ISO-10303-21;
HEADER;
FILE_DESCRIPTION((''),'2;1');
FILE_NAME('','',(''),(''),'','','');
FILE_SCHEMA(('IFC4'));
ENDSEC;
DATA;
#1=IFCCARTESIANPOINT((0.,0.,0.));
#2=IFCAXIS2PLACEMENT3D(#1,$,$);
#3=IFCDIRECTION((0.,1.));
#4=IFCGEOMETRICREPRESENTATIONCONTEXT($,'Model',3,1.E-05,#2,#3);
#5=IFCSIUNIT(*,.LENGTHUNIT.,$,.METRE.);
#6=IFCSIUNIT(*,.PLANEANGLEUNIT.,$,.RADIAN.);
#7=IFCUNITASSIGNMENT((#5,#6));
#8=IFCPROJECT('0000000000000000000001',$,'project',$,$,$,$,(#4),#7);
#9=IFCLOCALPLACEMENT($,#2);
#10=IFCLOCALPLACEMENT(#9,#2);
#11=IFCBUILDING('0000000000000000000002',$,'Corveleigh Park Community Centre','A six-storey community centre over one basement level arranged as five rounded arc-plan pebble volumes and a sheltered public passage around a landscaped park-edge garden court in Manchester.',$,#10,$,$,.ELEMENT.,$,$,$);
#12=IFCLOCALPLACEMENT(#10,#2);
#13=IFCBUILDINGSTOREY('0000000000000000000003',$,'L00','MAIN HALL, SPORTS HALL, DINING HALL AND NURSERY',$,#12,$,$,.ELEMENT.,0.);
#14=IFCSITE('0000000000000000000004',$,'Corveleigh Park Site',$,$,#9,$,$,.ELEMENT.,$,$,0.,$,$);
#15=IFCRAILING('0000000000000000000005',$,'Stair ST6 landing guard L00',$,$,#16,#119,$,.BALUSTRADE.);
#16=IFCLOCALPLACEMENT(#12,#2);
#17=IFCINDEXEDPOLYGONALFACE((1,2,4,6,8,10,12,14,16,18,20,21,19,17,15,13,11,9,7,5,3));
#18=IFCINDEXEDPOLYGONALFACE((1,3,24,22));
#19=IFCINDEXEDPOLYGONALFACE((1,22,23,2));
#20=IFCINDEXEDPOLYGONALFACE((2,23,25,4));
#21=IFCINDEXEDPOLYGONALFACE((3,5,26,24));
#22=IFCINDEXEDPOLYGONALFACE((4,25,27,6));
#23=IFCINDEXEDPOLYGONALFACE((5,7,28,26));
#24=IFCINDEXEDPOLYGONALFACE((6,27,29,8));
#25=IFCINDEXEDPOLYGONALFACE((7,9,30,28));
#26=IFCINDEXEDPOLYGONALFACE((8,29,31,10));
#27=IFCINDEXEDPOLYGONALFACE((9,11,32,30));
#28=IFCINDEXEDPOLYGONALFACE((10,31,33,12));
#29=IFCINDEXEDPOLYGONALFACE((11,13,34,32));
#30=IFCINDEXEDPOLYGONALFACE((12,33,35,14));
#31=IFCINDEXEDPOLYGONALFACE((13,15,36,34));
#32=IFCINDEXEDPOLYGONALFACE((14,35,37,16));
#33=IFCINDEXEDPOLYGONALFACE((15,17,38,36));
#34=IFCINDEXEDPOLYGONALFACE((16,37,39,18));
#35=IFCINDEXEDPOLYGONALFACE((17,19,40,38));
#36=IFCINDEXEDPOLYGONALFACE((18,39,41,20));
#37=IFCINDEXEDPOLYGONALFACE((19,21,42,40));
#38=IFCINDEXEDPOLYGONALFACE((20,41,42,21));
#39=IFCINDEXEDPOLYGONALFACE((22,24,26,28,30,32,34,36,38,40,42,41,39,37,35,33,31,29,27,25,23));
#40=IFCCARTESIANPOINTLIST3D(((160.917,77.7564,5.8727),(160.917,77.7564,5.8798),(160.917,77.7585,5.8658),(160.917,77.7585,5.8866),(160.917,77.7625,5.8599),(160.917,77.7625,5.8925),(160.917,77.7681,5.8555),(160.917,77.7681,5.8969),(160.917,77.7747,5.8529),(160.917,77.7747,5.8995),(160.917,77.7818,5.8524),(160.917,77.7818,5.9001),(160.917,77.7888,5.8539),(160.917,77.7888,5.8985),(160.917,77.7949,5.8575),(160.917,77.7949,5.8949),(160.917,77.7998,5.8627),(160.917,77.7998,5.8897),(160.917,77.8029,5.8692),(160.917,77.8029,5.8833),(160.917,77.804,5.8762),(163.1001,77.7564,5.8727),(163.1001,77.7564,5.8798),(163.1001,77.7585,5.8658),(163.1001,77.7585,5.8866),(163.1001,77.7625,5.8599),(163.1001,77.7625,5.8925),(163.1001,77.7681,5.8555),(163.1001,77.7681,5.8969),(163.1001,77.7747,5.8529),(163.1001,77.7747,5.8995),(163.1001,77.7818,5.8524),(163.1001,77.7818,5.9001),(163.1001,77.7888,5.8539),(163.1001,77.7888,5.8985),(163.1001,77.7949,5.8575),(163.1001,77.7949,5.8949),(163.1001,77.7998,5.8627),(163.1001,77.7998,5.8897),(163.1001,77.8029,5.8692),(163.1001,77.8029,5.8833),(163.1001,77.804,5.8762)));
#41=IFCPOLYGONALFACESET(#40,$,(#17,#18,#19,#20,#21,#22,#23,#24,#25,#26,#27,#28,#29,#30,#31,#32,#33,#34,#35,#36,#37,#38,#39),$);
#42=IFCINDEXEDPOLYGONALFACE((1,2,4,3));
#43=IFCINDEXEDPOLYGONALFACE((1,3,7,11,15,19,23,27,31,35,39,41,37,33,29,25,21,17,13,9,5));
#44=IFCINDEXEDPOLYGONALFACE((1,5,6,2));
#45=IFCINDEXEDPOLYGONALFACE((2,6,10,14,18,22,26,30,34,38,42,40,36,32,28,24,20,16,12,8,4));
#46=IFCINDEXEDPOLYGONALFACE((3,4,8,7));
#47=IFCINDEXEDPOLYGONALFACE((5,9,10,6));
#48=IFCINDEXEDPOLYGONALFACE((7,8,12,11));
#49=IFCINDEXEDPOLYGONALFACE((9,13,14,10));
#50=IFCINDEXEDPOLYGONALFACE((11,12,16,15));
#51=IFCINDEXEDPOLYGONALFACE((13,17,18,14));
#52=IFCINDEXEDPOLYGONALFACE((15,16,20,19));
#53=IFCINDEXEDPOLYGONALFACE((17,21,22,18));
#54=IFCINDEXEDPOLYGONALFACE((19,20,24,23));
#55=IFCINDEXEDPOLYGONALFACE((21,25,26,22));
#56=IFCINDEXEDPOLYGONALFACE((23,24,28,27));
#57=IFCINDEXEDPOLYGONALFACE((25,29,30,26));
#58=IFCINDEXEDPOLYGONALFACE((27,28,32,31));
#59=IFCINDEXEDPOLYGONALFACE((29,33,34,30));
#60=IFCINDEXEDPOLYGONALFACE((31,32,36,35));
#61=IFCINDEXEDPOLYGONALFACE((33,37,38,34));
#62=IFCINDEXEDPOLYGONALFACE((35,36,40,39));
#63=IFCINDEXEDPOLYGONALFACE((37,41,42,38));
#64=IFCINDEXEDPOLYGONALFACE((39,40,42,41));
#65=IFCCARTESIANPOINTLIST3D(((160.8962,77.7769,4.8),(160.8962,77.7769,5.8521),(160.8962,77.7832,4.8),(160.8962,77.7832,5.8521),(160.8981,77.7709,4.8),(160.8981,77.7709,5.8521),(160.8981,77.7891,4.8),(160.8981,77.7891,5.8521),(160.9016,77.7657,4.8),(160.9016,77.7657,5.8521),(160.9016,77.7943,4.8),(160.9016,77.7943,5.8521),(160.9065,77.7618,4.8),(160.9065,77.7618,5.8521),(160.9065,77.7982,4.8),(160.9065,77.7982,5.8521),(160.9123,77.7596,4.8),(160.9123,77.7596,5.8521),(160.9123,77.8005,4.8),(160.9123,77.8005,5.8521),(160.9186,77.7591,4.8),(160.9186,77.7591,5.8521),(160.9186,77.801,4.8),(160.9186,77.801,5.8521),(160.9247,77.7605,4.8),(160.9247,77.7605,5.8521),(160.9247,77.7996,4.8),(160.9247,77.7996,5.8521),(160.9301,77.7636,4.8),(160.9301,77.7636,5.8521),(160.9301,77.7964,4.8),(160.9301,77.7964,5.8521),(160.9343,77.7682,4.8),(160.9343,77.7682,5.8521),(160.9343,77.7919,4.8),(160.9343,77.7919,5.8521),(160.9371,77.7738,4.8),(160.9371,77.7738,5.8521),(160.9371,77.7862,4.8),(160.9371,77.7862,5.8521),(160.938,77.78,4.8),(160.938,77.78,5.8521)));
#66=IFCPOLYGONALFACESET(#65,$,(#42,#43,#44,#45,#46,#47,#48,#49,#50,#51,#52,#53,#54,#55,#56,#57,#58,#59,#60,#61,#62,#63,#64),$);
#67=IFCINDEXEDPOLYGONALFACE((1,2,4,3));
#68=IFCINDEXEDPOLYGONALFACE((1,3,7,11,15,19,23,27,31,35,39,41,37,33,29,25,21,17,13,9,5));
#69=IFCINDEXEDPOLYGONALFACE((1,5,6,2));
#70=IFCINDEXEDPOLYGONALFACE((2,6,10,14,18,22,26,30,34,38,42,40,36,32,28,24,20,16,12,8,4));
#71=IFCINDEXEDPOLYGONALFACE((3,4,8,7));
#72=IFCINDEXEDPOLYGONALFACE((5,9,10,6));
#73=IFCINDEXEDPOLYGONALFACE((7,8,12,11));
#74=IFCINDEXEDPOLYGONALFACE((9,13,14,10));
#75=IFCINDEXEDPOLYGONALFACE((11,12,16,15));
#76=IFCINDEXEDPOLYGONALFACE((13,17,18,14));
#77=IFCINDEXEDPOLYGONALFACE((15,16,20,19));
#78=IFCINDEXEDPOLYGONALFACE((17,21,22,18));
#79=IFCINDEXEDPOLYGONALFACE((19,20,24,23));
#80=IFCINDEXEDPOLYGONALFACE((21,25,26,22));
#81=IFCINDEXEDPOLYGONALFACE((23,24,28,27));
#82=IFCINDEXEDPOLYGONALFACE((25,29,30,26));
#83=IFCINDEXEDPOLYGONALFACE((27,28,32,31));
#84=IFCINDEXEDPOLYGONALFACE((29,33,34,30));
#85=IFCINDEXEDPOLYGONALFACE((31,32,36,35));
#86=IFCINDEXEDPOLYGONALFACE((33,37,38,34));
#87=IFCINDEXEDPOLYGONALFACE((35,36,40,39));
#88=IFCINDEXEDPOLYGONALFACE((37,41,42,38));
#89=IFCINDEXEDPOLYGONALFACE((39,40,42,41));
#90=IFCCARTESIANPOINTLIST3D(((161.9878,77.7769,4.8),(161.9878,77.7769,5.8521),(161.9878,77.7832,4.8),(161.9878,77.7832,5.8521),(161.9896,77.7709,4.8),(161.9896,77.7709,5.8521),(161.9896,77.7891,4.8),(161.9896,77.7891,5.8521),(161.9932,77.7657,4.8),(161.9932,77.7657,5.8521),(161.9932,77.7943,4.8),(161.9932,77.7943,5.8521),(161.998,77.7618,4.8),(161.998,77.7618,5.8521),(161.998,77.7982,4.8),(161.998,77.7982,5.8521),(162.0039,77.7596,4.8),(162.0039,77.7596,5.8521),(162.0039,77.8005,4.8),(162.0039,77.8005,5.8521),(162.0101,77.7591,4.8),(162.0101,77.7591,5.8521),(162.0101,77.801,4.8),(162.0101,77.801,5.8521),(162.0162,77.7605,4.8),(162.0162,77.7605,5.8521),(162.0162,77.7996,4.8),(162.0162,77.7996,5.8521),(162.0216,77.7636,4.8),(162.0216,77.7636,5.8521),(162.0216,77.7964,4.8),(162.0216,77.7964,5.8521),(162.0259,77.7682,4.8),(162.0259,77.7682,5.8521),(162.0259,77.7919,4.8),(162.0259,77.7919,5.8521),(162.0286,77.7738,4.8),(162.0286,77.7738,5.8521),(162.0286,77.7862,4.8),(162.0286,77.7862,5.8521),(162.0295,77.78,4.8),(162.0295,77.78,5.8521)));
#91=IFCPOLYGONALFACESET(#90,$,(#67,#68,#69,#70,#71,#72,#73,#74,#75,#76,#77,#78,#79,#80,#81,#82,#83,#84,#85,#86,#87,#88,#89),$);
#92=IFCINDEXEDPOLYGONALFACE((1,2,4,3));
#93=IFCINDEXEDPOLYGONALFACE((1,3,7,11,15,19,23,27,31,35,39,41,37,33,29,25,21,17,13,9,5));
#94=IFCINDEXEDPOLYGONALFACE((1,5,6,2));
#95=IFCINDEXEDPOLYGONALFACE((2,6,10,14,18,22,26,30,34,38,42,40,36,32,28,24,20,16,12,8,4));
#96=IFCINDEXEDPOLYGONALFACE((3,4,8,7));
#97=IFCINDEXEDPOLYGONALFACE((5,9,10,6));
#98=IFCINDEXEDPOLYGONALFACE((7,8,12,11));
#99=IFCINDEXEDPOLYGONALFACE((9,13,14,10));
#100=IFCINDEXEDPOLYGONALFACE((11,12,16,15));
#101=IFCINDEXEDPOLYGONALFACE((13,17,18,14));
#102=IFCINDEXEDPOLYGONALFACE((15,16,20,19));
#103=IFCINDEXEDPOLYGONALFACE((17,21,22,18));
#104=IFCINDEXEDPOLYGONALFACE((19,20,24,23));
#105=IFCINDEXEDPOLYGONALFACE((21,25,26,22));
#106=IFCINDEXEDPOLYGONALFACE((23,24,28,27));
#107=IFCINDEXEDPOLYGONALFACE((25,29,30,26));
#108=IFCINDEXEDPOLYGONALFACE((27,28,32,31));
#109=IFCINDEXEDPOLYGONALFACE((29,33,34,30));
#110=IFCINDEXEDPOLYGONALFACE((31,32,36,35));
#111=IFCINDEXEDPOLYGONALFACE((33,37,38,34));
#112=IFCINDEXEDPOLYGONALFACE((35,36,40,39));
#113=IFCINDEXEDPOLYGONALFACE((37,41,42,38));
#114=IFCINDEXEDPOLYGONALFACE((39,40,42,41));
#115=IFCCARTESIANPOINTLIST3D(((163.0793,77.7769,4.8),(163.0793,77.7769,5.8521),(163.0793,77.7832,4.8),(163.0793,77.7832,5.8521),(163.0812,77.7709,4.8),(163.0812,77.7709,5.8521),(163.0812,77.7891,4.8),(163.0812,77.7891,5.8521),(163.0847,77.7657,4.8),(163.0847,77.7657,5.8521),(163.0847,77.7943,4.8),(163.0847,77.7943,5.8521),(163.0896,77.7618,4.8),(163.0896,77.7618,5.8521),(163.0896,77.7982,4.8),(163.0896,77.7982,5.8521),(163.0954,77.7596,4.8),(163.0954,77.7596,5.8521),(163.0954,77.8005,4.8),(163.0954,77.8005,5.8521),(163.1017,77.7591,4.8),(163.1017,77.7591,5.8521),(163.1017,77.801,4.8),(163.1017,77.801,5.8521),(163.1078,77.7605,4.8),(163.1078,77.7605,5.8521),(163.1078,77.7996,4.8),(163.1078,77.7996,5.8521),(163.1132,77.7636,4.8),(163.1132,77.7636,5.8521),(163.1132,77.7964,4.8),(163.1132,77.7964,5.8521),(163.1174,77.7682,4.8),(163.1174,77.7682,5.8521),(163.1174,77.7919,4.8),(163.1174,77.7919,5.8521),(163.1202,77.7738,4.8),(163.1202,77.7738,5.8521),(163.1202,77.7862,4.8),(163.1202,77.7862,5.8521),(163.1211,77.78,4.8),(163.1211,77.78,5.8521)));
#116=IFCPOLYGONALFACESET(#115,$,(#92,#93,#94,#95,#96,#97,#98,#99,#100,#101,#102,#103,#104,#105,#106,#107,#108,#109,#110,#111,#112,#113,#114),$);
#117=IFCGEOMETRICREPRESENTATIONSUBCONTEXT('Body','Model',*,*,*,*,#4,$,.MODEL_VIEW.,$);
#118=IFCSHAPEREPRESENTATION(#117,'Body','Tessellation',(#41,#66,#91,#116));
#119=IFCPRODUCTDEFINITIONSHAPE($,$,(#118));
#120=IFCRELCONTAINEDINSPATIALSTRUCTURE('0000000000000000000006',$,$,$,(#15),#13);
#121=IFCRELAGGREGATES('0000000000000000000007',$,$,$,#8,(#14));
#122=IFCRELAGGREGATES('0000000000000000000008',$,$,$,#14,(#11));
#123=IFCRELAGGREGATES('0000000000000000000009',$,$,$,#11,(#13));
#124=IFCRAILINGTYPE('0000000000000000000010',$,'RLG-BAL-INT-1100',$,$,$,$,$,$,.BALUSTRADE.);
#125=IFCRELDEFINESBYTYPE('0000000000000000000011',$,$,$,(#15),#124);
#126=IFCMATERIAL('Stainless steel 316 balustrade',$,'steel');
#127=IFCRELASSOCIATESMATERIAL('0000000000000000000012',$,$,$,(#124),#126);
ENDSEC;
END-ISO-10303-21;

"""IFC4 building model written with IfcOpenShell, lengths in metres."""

from ifc_helpers import new_model, si_unit, direction, frame, origin, origin_2d, place, context, subcontext, project, spatial, circle, extrude, material, type_object, element, save


model = new_model("IFC4")

# Units and contexts
model_context = context("Model", 3, precision=1e-05, world=origin(), true_north=direction((0.0, 1.0)))
body_context = subcontext(model_context, "Body", "Model", "MODEL_VIEW")
ifc_project = project(units=[si_unit("LENGTHUNIT", "METRE"), si_unit("PLANEANGLEUNIT", "RADIAN")], contexts=[model_context])

# Site, building, storey
site_placement = place(None, origin())
site = spatial("IfcSite", under=ifc_project, at=site_placement, Name="Corveleigh Park Site", CompositionType="ELEMENT", RefElevation=0.0)
building_placement = place(site_placement, origin())
building = spatial("IfcBuilding", under=site, at=building_placement, Name="Corveleigh Park Community Centre", Description="A six-storey community centre over one basement level arranged as five rounded arc-plan pebble volumes and a sheltered public passage around a landscaped park-edge garden court in Manchester.", CompositionType="ELEMENT")
storey_placement = place(building_placement, origin())
storey = spatial("IfcBuildingStorey", under=building, at=storey_placement, Name="L00", Description="MAIN HALL, SPORTS HALL, DINING HALL AND NURSERY", CompositionType="ELEMENT", Elevation=0.0)

# Railing
ifc_material_1 = material(Name="Stainless steel 316 balustrade", Category="steel")
railing_type = type_object("IfcRailingType", Name="RLG-BAL-INT-1100", PredefinedType="BALUSTRADE", material=ifc_material_1)
railing_1_placement = place(storey_placement, frame((160.917, 77.78, 4.8)))
element("IfcRailing", 1, at=railing_1_placement, inside=storey, type_object=railing_type, Name="Stair ST6 landing guard L00", PredefinedType="BALUSTRADE", context=body_context, shape_type="SweptSolid", body=[
    extrude(circle(Radius=0.0239, at=origin_2d()), frame((0.0, 0.0, 1.0762), z_axis=(1.0, 0.0, 0.0), x_axis=(0.0, 1.0, 0.0)), (0.0, 0.0, 1.0), 2.1831),
    extrude(circle(Radius=0.021, at=origin_2d()), origin(), (0.0, 0.0, 1.0), 1.052),
    extrude(circle(Radius=0.021, at=origin_2d()), frame((1.0916, 0.0, 0.0)), (0.0, 0.0, 1.0), 1.052),
    extrude(circle(Radius=0.021, at=origin_2d()), frame((2.1831, 0.0, 0.0)), (0.0, 0.0, 1.0), 1.052),
])

save(model, "model.ifc")
